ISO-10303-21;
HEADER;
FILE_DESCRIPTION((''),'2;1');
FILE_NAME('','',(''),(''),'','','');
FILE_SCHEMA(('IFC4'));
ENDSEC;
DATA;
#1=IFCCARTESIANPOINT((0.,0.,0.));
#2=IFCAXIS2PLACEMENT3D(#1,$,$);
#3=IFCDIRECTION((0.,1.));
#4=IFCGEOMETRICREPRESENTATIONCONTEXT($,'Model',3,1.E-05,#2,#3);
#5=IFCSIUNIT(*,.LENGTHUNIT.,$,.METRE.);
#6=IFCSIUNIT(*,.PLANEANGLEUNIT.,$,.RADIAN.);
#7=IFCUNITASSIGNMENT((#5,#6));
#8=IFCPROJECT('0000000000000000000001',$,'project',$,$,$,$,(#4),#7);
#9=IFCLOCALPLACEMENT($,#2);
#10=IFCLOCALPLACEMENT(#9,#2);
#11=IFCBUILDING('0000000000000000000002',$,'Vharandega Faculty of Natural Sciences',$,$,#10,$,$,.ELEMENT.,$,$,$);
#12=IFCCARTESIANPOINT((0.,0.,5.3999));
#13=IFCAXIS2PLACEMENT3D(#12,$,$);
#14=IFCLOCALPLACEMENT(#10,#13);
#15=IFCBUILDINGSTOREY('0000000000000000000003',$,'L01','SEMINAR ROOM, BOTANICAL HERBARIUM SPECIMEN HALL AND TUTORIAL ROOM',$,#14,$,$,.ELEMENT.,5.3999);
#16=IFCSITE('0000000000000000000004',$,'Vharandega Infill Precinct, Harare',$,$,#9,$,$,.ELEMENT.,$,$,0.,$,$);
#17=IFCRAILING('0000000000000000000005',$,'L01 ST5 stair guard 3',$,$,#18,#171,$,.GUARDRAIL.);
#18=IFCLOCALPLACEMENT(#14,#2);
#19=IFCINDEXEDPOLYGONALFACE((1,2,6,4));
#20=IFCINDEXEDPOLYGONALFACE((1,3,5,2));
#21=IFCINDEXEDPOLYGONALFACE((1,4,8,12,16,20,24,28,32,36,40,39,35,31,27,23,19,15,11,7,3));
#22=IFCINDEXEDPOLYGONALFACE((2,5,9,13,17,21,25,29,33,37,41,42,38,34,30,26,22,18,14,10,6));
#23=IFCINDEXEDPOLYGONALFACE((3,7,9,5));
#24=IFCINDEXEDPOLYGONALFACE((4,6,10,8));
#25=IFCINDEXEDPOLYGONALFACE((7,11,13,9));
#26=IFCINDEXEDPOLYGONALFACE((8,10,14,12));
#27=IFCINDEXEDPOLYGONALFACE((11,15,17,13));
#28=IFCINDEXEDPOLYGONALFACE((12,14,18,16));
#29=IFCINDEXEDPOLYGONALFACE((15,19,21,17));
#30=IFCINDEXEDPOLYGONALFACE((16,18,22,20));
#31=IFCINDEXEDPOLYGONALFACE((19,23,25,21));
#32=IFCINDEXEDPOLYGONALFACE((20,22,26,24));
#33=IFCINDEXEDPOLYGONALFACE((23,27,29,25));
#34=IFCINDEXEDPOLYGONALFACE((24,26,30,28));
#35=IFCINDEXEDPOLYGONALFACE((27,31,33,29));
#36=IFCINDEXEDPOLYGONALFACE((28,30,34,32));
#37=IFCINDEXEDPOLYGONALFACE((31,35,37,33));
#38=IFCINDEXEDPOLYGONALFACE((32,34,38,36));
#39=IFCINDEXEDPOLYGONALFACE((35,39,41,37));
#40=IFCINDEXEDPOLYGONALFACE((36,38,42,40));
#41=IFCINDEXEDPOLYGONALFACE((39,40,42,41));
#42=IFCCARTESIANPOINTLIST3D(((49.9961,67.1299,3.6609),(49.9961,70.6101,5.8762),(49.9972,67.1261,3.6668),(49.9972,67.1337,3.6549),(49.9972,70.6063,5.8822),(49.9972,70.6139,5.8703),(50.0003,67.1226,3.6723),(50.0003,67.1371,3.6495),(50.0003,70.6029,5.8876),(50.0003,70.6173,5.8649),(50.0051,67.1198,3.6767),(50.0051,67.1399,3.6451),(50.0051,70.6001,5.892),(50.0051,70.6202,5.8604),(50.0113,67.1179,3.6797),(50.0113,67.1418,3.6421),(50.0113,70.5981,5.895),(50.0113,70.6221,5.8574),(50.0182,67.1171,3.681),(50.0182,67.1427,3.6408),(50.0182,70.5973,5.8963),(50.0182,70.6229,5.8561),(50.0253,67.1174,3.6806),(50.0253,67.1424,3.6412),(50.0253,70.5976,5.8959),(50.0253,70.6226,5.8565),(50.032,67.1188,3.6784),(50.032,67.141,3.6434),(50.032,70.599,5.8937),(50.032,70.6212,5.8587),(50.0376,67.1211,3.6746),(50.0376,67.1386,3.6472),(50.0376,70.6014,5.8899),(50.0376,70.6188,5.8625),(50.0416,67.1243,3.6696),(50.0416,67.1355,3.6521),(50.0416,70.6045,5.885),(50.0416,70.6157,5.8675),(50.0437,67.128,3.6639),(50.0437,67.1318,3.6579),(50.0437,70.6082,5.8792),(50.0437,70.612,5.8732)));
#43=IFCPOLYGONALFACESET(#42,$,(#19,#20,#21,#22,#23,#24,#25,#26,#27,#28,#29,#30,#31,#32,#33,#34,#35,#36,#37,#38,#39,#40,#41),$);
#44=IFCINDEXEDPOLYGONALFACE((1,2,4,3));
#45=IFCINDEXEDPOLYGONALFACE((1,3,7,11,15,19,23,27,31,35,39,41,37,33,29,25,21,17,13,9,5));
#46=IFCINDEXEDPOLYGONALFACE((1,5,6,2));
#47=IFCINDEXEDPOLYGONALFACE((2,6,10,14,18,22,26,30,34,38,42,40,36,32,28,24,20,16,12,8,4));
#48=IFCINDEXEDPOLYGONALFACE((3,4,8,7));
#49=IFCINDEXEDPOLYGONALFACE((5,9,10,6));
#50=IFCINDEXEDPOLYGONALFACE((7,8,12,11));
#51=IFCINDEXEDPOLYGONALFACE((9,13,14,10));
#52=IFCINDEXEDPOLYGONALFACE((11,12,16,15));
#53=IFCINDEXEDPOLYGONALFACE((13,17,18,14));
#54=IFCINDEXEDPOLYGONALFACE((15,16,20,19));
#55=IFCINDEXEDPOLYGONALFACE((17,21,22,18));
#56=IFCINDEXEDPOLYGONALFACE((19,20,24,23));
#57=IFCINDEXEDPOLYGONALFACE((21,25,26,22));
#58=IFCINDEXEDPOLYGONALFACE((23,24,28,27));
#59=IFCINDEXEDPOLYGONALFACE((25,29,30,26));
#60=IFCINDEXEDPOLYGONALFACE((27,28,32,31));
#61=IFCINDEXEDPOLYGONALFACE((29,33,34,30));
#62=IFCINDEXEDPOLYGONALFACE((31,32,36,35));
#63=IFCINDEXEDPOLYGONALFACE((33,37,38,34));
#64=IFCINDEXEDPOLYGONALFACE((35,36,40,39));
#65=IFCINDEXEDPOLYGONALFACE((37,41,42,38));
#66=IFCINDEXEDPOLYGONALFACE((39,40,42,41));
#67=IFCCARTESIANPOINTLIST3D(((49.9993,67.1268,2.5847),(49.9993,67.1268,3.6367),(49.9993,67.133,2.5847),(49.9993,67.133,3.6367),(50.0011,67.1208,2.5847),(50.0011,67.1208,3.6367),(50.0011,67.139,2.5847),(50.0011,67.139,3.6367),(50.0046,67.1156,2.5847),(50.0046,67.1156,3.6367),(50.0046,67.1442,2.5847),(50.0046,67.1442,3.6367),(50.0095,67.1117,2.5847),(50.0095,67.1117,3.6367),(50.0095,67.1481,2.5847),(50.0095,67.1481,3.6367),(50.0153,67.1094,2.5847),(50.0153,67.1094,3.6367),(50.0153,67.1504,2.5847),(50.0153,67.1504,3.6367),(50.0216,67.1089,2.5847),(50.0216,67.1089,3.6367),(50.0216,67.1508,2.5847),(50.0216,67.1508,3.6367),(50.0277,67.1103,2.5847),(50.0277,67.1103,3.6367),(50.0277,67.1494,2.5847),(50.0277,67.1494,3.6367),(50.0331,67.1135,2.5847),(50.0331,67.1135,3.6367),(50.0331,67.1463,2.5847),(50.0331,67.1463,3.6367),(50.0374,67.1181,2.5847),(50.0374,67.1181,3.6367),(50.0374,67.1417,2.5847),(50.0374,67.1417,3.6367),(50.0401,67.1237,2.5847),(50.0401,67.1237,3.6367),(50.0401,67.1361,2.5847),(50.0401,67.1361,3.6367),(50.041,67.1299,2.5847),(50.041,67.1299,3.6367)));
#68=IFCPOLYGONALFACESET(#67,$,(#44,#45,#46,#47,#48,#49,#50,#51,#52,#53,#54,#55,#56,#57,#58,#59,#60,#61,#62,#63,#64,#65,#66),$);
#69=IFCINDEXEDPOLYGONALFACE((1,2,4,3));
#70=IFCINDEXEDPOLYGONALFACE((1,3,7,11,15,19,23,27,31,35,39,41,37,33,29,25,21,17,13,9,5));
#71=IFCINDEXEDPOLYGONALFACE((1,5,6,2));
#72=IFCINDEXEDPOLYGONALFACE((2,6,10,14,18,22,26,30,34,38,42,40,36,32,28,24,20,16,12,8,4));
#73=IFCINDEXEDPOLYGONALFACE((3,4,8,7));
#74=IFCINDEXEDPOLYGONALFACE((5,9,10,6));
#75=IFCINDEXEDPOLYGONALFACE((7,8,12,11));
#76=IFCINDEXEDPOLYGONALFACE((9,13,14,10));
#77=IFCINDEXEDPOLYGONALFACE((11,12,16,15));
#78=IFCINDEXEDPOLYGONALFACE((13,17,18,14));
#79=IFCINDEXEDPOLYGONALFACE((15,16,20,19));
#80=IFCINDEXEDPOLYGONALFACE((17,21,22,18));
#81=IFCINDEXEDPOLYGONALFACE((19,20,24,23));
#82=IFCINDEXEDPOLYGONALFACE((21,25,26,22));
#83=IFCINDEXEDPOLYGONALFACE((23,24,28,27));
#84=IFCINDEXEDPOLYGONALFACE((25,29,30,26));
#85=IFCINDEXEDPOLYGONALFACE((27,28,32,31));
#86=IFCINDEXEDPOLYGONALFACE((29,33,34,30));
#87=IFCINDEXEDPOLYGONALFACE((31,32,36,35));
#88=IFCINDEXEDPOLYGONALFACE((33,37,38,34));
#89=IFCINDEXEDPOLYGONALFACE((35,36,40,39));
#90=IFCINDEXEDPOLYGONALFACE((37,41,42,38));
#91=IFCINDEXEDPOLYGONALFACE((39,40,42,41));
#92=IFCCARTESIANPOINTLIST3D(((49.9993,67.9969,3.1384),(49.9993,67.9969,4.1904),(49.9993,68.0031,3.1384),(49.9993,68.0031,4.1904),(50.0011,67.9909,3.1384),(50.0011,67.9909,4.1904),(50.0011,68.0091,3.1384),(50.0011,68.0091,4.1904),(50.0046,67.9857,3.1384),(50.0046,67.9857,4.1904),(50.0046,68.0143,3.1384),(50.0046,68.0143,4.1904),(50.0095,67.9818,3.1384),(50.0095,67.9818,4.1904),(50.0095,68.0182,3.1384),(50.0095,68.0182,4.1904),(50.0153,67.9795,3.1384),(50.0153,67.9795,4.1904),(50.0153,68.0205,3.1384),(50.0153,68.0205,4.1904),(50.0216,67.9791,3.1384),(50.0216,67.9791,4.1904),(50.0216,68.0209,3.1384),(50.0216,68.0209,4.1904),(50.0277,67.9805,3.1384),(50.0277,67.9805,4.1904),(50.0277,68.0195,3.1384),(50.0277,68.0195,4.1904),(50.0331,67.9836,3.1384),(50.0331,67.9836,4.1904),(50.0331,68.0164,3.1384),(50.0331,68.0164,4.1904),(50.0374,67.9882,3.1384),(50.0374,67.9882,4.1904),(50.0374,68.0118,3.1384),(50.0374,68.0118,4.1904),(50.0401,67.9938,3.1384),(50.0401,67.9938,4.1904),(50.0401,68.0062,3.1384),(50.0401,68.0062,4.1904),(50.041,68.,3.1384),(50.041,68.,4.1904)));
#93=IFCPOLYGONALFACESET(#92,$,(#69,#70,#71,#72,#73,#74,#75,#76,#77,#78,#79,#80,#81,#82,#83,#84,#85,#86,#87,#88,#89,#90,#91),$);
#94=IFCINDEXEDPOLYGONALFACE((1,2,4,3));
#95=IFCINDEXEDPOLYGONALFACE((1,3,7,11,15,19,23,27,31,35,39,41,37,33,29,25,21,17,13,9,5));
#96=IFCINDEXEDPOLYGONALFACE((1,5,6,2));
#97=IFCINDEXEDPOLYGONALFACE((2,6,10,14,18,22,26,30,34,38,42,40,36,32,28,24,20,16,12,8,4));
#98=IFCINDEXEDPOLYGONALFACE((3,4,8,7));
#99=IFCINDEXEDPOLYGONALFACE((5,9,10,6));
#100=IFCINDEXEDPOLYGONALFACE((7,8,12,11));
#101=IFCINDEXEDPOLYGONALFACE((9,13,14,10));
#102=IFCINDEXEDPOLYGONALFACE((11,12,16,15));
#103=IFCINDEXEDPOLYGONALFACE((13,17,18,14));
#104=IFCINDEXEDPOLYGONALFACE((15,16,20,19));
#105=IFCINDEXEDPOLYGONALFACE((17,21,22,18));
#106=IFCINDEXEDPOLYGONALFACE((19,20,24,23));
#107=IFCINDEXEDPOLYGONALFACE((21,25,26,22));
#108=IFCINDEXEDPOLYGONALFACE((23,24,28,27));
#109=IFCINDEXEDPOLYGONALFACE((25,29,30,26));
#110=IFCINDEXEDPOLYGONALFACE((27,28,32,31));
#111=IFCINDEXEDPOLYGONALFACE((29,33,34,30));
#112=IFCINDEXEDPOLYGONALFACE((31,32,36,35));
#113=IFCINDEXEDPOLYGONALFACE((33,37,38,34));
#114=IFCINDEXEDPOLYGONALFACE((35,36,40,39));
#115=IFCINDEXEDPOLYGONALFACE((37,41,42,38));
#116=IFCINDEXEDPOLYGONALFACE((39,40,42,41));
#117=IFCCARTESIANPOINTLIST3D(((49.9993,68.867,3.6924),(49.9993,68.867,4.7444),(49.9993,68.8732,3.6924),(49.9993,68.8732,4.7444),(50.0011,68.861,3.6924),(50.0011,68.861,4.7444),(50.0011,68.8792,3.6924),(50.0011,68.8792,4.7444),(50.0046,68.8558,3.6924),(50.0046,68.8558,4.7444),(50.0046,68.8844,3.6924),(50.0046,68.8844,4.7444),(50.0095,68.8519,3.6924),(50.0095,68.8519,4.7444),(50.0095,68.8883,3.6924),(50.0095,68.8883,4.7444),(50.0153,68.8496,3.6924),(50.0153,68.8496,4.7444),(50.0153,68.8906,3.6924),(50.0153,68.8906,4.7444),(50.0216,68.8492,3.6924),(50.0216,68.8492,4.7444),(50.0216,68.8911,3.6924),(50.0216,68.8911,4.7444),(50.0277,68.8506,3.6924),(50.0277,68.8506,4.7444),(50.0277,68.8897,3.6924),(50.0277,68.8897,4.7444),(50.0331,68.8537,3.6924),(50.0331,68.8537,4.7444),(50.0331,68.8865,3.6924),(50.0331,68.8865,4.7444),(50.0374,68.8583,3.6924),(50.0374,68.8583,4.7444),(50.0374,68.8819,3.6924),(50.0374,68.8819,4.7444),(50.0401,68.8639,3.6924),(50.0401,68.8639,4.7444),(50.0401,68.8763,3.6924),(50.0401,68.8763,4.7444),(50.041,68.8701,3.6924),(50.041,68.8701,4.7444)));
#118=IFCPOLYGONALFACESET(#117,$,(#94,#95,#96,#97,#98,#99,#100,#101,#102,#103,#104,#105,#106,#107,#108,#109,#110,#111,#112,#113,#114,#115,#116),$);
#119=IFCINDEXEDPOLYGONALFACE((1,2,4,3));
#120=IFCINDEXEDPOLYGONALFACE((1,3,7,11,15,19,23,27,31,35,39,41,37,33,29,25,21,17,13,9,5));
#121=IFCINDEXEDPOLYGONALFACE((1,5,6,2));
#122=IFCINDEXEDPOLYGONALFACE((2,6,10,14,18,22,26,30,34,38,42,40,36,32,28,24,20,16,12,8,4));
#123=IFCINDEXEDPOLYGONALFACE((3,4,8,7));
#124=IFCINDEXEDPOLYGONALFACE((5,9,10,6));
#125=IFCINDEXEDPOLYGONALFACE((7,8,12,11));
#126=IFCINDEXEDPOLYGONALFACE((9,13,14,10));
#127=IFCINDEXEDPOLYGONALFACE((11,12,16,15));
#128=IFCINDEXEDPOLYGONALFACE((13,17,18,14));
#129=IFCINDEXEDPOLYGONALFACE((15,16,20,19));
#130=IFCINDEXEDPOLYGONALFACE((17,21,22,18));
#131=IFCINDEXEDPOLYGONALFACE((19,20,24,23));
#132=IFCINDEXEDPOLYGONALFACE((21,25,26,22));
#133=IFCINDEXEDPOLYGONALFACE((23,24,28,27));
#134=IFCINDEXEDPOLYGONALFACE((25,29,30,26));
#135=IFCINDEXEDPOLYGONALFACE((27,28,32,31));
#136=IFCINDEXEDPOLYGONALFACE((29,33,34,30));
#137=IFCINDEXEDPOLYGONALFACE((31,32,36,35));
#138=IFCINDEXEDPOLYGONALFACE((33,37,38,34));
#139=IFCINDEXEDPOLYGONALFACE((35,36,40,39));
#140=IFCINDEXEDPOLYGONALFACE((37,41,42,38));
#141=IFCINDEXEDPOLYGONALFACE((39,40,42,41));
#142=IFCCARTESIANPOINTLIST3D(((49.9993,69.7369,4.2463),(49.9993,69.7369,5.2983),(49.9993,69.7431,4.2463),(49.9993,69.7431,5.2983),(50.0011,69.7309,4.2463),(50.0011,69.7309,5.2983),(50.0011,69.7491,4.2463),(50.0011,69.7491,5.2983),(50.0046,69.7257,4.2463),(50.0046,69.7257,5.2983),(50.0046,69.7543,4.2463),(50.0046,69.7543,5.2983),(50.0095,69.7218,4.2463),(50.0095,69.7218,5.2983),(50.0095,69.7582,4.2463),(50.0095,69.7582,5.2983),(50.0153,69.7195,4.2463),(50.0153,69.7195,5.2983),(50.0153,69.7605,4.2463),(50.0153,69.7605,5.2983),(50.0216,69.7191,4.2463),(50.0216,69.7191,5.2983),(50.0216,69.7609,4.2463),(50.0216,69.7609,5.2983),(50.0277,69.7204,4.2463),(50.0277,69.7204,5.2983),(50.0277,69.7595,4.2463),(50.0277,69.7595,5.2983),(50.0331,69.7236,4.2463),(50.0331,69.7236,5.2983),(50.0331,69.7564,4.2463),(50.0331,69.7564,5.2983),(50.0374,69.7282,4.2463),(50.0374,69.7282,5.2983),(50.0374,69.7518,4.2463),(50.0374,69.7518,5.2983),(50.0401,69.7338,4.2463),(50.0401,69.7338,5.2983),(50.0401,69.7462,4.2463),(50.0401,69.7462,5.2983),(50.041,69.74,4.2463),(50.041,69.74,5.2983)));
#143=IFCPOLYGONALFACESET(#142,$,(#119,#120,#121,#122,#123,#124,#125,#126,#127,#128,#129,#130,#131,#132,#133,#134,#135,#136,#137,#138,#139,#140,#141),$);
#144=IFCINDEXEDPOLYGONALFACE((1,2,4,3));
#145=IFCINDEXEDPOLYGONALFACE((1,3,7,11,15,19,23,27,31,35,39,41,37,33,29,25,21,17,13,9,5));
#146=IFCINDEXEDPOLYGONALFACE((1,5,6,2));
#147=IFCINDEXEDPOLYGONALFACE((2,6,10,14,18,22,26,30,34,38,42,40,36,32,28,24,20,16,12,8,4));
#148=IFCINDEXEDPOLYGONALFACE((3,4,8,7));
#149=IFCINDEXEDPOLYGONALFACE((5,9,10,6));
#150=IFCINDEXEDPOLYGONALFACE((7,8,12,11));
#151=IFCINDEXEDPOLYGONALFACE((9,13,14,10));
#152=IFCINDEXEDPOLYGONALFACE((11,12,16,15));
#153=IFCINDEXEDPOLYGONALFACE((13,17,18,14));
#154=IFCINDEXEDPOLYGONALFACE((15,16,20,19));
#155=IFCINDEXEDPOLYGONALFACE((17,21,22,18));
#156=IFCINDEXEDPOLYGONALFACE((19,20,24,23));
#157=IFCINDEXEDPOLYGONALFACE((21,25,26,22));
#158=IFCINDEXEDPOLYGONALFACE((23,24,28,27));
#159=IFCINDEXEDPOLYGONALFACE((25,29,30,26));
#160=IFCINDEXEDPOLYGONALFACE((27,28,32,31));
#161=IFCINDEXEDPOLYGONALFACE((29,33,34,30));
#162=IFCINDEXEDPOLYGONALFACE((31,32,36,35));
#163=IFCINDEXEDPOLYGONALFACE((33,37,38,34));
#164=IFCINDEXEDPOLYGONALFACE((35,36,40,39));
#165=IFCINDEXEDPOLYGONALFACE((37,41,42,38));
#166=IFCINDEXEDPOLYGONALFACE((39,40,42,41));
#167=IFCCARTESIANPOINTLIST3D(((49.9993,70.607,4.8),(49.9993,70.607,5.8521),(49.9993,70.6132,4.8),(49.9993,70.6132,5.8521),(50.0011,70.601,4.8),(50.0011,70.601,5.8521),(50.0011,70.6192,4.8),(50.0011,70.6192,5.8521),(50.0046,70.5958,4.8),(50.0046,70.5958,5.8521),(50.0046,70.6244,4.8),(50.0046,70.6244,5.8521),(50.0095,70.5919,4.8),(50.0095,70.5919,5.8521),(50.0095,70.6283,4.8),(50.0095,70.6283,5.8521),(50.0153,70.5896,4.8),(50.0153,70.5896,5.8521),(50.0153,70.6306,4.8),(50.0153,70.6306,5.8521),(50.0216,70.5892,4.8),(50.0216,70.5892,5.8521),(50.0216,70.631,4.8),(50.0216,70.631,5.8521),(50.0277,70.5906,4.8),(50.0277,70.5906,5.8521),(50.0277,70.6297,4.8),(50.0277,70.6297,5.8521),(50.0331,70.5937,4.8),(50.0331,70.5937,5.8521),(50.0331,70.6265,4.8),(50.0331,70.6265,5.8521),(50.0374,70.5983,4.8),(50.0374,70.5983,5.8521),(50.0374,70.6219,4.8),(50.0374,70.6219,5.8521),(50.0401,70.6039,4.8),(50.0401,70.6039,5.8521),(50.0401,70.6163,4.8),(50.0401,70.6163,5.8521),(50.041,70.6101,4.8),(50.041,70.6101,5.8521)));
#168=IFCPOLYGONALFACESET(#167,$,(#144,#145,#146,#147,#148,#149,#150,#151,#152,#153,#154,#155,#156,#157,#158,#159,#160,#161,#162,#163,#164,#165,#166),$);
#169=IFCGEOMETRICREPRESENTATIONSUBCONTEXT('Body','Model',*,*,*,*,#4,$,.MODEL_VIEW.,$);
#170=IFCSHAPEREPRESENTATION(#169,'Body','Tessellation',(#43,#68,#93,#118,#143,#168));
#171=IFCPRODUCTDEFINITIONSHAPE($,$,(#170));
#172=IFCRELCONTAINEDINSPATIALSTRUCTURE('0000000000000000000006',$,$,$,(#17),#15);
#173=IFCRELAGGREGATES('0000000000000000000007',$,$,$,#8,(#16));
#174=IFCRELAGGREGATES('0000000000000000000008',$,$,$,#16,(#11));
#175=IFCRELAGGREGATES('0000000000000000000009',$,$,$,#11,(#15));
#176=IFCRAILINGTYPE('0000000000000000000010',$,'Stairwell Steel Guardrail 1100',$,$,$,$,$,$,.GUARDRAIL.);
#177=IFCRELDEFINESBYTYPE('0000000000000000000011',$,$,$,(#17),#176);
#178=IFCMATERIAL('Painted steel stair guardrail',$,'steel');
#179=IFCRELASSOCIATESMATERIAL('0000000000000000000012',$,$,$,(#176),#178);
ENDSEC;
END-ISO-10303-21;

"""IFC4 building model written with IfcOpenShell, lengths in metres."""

from ifc_helpers import new_model, si_unit, direction, frame, origin, origin_2d, place, context, subcontext, project, spatial, circle, extrude, material, type_object, element, save


model = new_model("IFC4")

# Units and contexts
model_context = context("Model", 3, precision=1e-05, world=origin(), true_north=direction((0.0, 1.0)))
body_context = subcontext(model_context, "Body", "Model", "MODEL_VIEW")
ifc_project = project(units=[si_unit("LENGTHUNIT", "METRE"), si_unit("PLANEANGLEUNIT", "RADIAN")], contexts=[model_context])

# Site, building, storey
site_placement = place(None, origin())
site = spatial("IfcSite", under=ifc_project, at=site_placement, Name="Vharandega Infill Precinct, Harare", CompositionType="ELEMENT", RefElevation=0.0)
building_placement = place(site_placement, origin())
building = spatial("IfcBuilding", under=site, at=building_placement, Name="Vharandega Faculty of Natural Sciences", CompositionType="ELEMENT")
storey_placement = place(building_placement, frame((0.0, 0.0, 5.3999)))
storey = spatial("IfcBuildingStorey", under=building, at=storey_placement, Name="L01", Description="SEMINAR ROOM, BOTANICAL HERBARIUM SPECIMEN HALL AND TUTORIAL ROOM", CompositionType="ELEMENT", Elevation=5.3999)

# Railing
ifc_material_1 = material(Name="Painted steel stair guardrail", Category="steel")
railing_type_1 = type_object("IfcRailingType", Name="Stairwell Steel Guardrail 1100", PredefinedType="GUARDRAIL", material=ifc_material_1)
railing_1_placement = place(storey_placement, frame((50.02, 67.1299, 2.5847)))
element("IfcRailing", 1, at=railing_1_placement, inside=storey, type_object=railing_type_1, Name="L01 ST5 stair guard 3", PredefinedType="GUARDRAIL", context=body_context, shape_type="SweptSolid", body=[
    extrude(circle(Radius=0.0239, at=origin_2d()), frame((0.0, 0.0, 1.0762), z_axis=(0.0, 0.843591, 0.536987), x_axis=(-1.0, 0.0, 0.0)), (0.0, 0.0, 1.0), 4.1255),
    extrude(circle(Radius=0.021, at=origin_2d()), origin(), (0.0, 0.0, 1.0), 1.052),
    extrude(circle(Radius=0.021, at=origin_2d()), frame((0.0, 0.8701, 0.5537)), (0.0, 0.0, 1.0), 1.052),
    extrude(circle(Radius=0.021, at=origin_2d()), frame((0.0, 1.7402, 1.1077)), (0.0, 0.0, 1.0), 1.052),
    extrude(circle(Radius=0.021, at=origin_2d()), frame((0.0, 2.6101, 1.6616)), (0.0, 0.0, 1.0), 1.052),
    extrude(circle(Radius=0.021, at=origin_2d()), frame((0.0, 3.4802, 2.2153)), (0.0, 0.0, 1.0), 1.052),
])

save(model, "model.ifc")
